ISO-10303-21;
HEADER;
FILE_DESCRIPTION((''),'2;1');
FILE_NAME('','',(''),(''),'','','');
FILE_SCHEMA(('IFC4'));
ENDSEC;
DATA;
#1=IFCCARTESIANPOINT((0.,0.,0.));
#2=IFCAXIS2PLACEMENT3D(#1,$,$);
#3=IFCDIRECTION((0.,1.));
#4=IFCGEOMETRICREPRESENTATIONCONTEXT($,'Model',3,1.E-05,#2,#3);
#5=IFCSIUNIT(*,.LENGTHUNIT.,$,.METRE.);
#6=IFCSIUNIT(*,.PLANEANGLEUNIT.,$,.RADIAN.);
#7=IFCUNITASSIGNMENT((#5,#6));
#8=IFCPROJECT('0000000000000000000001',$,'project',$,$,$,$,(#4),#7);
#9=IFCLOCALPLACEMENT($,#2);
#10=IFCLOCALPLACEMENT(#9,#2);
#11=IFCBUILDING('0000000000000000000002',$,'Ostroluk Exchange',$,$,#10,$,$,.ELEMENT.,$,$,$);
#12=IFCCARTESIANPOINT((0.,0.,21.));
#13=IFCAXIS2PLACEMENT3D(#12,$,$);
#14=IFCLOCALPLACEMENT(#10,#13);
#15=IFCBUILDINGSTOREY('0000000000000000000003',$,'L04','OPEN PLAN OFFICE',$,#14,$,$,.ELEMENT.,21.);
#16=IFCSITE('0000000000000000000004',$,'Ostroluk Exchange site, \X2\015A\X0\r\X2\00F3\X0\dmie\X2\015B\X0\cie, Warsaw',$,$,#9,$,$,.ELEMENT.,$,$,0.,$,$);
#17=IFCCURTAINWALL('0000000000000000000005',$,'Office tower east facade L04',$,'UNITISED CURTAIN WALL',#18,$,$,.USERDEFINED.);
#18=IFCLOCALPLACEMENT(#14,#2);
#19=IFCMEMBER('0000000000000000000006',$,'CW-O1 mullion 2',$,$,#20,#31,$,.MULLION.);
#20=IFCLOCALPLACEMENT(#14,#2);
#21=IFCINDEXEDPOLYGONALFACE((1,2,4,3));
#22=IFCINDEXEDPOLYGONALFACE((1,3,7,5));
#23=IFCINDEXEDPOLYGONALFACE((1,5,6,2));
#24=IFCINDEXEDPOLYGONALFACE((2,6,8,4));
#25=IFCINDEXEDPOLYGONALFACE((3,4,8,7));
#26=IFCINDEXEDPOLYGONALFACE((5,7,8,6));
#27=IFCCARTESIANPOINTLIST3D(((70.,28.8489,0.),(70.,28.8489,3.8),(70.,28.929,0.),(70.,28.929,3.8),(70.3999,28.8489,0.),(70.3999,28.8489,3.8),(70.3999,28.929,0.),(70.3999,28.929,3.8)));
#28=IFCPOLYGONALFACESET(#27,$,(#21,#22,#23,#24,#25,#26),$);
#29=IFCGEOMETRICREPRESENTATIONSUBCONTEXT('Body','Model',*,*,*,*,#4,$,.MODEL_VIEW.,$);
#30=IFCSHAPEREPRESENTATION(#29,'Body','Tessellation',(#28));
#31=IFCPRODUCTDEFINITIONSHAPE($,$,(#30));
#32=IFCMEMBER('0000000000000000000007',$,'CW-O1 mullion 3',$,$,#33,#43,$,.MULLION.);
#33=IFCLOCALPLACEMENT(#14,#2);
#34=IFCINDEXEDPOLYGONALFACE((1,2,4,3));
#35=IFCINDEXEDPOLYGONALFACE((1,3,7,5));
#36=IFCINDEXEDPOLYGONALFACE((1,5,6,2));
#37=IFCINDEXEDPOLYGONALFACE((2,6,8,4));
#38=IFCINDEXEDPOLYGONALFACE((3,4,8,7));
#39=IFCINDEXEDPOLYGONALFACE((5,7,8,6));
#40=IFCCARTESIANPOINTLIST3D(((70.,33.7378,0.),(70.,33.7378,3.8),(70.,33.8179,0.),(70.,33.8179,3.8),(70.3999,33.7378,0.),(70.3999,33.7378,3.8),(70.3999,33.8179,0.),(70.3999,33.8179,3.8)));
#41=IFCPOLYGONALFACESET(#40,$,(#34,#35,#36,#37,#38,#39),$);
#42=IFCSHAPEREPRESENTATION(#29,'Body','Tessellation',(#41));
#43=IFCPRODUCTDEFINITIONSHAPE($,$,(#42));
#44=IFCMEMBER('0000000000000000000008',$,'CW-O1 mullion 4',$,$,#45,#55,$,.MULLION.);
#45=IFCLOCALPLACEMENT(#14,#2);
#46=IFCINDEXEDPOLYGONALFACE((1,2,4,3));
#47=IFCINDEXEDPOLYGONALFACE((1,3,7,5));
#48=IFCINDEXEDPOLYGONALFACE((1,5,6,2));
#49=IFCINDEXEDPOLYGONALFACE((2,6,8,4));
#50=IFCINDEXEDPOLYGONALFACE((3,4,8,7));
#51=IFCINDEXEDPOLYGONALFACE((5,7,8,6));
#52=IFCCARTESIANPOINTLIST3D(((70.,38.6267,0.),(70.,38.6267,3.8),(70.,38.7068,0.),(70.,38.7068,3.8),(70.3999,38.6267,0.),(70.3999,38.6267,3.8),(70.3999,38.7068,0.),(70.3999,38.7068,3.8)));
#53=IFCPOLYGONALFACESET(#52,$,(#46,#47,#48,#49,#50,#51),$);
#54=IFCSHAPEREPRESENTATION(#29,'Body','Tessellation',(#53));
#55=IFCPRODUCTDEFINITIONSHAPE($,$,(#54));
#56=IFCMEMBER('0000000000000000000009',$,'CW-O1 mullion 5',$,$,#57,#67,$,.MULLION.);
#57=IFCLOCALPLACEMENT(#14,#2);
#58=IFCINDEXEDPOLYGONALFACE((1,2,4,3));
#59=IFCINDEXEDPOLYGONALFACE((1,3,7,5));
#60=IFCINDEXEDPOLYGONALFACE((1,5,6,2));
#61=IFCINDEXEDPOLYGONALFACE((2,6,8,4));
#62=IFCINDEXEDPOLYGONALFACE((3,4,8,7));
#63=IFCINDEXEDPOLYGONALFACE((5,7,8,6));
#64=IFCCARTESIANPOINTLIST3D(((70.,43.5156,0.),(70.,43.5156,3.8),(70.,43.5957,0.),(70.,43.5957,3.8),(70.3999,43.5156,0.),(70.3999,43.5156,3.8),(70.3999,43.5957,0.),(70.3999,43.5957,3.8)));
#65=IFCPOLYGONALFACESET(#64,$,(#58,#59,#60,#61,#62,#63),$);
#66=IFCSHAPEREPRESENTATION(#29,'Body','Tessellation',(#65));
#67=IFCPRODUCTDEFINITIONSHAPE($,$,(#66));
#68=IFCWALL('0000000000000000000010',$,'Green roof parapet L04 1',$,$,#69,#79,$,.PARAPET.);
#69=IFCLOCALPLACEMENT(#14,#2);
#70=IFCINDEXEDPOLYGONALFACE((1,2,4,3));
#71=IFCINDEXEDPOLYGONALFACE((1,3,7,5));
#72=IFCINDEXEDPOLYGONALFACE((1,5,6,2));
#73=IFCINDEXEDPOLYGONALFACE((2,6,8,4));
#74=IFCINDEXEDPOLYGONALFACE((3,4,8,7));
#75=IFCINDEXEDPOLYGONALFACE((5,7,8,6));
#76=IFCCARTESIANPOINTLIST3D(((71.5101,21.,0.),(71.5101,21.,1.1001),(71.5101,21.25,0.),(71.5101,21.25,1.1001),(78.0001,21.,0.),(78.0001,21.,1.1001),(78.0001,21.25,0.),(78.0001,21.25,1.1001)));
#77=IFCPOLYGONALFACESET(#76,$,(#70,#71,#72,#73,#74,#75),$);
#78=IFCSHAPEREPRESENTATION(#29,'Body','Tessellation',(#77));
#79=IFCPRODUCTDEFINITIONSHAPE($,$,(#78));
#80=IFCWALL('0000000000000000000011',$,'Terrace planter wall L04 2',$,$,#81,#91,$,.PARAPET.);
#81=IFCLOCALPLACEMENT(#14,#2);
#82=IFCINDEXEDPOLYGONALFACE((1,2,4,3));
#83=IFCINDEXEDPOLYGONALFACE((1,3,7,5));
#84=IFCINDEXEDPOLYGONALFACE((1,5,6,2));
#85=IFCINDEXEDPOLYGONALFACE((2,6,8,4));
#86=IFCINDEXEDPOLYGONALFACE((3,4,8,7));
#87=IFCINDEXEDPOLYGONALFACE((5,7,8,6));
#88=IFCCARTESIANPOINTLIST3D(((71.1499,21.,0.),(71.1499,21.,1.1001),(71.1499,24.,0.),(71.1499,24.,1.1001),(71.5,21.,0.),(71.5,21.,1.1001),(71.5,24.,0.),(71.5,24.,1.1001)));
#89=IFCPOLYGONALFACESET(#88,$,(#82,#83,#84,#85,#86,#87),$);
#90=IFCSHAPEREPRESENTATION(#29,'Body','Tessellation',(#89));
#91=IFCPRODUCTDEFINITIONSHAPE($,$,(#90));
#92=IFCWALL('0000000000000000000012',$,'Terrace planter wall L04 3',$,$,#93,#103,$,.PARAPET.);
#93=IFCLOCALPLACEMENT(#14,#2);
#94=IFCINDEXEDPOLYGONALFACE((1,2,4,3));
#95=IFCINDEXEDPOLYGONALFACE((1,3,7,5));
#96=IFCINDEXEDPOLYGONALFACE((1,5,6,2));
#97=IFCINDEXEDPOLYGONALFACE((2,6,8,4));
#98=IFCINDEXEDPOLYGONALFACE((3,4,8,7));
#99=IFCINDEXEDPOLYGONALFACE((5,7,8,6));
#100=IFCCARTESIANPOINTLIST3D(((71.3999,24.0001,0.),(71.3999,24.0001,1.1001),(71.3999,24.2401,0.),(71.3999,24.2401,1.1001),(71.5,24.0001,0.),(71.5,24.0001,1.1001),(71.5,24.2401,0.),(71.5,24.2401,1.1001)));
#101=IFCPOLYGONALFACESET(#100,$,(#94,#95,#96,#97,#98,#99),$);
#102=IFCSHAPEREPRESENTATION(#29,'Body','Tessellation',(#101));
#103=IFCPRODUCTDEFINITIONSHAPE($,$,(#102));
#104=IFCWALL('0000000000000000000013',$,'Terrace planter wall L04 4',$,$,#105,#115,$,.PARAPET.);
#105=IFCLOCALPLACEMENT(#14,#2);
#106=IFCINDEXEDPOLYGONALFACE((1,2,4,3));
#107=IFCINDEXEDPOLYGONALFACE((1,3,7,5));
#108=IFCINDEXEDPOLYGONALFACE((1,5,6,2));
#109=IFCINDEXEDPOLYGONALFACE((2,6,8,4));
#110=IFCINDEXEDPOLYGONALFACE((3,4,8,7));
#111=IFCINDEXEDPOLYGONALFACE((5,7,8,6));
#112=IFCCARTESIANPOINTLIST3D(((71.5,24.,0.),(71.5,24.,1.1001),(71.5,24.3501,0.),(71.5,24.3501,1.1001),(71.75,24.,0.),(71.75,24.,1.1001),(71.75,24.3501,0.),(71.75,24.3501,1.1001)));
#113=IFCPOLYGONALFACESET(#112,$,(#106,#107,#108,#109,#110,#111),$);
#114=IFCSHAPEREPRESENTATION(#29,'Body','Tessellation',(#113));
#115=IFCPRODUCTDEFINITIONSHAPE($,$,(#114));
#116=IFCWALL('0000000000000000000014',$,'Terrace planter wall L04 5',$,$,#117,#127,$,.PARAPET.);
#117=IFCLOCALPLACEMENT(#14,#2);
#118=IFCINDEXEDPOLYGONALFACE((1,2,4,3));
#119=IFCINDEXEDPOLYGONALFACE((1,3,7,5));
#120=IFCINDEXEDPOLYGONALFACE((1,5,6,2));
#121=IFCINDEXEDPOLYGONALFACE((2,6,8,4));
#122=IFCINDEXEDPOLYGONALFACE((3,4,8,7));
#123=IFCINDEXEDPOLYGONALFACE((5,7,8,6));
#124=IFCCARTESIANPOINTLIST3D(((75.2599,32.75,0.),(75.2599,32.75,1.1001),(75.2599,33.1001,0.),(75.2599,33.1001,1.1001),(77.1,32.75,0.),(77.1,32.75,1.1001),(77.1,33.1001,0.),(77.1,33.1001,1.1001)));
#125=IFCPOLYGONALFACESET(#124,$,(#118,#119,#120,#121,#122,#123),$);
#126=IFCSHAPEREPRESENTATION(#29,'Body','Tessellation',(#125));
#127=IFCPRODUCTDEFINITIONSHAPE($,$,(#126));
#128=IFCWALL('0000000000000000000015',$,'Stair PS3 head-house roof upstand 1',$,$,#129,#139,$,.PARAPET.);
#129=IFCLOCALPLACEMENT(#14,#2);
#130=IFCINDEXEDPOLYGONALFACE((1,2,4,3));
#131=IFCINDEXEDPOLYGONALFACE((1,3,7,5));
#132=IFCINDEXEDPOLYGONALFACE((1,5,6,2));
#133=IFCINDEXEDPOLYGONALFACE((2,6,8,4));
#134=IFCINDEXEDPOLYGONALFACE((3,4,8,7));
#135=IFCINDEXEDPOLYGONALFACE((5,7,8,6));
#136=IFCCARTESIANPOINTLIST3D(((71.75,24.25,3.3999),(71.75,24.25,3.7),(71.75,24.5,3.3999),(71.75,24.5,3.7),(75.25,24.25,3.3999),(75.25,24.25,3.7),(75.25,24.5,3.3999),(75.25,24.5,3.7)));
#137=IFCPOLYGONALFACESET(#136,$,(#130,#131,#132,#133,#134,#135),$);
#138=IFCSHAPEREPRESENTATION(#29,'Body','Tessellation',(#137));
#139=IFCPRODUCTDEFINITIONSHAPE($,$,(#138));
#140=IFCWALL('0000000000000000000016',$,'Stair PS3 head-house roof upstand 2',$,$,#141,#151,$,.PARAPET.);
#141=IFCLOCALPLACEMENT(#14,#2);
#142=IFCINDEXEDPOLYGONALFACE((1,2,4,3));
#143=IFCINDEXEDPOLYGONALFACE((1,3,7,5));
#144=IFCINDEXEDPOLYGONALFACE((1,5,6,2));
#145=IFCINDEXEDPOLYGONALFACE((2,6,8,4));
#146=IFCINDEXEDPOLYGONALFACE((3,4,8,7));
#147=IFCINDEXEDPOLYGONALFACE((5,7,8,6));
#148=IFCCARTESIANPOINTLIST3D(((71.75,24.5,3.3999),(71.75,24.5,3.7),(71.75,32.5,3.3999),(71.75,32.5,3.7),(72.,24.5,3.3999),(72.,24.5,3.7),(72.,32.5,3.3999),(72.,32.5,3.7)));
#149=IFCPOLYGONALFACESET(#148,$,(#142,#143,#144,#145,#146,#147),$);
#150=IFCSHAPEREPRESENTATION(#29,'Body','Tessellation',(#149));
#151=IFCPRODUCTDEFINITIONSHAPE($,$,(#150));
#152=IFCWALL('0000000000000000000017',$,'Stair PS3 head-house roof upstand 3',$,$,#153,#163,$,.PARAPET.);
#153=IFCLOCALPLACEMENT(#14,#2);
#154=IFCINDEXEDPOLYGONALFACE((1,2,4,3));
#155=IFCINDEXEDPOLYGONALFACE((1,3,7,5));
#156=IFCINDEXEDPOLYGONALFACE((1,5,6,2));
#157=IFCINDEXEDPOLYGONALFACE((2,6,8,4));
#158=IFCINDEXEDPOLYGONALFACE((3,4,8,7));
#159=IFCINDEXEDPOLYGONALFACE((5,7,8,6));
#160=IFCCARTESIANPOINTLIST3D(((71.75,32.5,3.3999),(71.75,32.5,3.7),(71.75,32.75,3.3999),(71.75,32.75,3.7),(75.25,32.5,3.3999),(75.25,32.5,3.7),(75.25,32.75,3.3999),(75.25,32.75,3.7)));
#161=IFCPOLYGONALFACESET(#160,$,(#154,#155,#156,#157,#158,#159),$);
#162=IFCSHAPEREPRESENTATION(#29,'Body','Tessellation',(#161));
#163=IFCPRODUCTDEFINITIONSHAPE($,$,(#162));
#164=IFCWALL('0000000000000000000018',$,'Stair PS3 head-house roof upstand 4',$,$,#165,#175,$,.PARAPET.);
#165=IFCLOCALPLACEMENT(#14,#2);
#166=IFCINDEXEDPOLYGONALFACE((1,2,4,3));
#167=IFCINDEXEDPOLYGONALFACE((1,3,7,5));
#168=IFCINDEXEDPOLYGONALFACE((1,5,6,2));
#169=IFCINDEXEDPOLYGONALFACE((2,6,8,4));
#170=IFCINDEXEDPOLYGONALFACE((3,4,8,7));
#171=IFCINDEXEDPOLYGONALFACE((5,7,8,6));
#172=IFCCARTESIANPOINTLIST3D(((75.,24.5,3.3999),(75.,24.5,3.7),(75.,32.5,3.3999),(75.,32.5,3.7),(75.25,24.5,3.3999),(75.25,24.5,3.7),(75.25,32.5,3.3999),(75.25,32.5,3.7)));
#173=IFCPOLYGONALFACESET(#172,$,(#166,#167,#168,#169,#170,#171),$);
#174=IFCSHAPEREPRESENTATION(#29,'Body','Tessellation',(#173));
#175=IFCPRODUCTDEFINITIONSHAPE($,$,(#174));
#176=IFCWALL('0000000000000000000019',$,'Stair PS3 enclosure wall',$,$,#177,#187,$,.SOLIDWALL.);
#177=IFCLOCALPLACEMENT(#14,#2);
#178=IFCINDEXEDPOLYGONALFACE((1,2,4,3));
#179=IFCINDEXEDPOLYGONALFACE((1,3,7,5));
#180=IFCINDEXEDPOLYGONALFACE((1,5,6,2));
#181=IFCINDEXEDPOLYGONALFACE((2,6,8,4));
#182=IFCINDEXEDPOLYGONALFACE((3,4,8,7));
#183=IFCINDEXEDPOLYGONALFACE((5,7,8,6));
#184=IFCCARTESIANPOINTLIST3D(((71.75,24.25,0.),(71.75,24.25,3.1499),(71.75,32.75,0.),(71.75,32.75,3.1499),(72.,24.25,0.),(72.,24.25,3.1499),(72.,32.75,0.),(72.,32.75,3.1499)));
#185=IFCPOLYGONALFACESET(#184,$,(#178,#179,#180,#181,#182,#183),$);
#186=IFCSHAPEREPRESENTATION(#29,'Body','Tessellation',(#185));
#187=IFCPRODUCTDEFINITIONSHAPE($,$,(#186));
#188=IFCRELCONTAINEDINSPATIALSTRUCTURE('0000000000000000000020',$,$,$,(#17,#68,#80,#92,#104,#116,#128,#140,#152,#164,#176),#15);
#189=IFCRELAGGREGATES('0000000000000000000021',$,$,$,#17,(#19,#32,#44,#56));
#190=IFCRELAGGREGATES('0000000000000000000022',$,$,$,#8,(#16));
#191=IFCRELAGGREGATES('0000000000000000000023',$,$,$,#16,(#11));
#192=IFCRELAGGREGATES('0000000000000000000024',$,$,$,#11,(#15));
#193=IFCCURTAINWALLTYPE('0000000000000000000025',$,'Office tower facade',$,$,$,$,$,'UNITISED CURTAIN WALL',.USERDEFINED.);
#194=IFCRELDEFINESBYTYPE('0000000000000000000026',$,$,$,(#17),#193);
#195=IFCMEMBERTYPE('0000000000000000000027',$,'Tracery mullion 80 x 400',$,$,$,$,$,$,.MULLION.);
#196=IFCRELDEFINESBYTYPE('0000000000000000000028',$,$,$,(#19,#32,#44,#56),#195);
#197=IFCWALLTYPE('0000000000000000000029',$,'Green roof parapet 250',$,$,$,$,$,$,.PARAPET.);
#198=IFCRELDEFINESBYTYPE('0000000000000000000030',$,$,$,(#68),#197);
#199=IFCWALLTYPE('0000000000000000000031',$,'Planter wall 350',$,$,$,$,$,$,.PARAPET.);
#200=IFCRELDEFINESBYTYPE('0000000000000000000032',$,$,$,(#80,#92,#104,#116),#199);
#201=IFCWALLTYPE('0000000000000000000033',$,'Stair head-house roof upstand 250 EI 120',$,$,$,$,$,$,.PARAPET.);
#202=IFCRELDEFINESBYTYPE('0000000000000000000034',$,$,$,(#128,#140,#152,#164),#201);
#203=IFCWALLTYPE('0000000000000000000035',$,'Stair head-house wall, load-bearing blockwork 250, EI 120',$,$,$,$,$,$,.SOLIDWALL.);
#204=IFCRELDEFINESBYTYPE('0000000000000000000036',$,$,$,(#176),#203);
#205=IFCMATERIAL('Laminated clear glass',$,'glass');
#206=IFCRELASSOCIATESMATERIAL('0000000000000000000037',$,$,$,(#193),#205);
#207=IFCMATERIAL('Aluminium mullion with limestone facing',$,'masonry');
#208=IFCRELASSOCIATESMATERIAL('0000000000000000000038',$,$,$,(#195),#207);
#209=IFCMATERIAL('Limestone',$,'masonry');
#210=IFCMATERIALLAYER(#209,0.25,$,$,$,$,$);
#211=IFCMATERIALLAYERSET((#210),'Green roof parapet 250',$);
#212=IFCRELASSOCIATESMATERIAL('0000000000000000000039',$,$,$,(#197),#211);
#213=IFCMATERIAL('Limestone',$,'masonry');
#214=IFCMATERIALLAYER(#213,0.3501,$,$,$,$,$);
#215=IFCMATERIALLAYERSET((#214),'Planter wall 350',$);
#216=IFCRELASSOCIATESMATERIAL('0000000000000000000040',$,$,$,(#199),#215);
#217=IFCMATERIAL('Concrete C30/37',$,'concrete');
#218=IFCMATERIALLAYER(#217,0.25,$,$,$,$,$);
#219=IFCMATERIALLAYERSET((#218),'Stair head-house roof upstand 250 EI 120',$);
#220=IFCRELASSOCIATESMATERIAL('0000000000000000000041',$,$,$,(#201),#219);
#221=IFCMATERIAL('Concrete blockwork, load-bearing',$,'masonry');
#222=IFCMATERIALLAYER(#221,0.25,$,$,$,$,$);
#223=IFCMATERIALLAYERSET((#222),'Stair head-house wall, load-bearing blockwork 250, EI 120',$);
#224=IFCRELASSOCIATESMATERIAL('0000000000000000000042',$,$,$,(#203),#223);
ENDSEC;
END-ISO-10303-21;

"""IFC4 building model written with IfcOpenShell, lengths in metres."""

from ifc_helpers import new_model, si_unit, direction, frame, frame_2d, origin, origin_2d, place, context, subcontext, project, spatial, rectangle, extrude, material, layer, layer_set, material_profile, profile_set, type_object, element, aggregate, save


model = new_model("IFC4")

# Units and contexts
model_context = context("Model", 3, precision=1e-05, world=origin(), true_north=direction((0.0, 1.0)))
body_context = subcontext(model_context, "Body", "Model", "MODEL_VIEW")
ifc_project = project(units=[si_unit("LENGTHUNIT", "METRE"), si_unit("PLANEANGLEUNIT", "RADIAN")], contexts=[model_context])

# Site, building, storey
site_placement = place(None, origin())
site = spatial("IfcSite", under=ifc_project, at=site_placement, Name="Ostroluk Exchange site, Śródmieście, Warsaw", CompositionType="ELEMENT", RefElevation=0.0)
building_placement = place(site_placement, origin())
building = spatial("IfcBuilding", under=site, at=building_placement, Name="Ostroluk Exchange", CompositionType="ELEMENT")
storey_placement = place(building_placement, frame((0.0, 0.0, 21.0)))
storey = spatial("IfcBuildingStorey", under=building, at=storey_placement, Name="L04", Description="OPEN PLAN OFFICE", CompositionType="ELEMENT", Elevation=21.0)

# Curtain wall, members
ifc_material_1 = material(Name="Laminated clear glass", Category="glass")
curtain_wall_type = type_object("IfcCurtainWallType", Name="Office tower facade", ElementType="UNITISED CURTAIN WALL", PredefinedType="USERDEFINED", material=ifc_material_1)
curtain_wall_placement = place(storey_placement, origin())
curtain_wall = element("IfcCurtainWall", 1, at=curtain_wall_placement, inside=storey, type_object=curtain_wall_type, Name="Office tower east facade L04", ObjectType="UNITISED CURTAIN WALL", PredefinedType="USERDEFINED")
ifc_material_2 = material(Name="Aluminium mullion with limestone facing", Category="masonry")
ifc_material_profile = material_profile(ifc_material_2, rectangle(XDim=0.3999, YDim=0.0801, at=origin_2d()), Name="Tracery mullion 80 x 400")
ifc_profile_set = profile_set([ifc_material_profile], Name="Aluminium mullion with limestone facing")
member_type = type_object("IfcMemberType", Name="Tracery mullion 80 x 400", PredefinedType="MULLION", material=ifc_profile_set)
member_1_placement = place(storey_placement, frame((70.2, 28.8889, 0.0), z_axis=(0.0, 0.0, 1.0), x_axis=(-1.0, 0.0, 0.0)))
member_1 = element("IfcMember", 2, at=member_1_placement, type_object=member_type, Name="CW-O1 mullion 2", PredefinedType="MULLION", context=body_context, shape_type="SweptSolid", body=[
    extrude(rectangle(XDim=0.3999, YDim=0.0801, at=origin_2d()), origin(), (0.0, 0.0, 1.0), 3.8),
])
member_2_placement = place(storey_placement, frame((70.2, 33.7778, 0.0), z_axis=(0.0, 0.0, 1.0), x_axis=(-1.0, 0.0, 0.0)))
member_2 = element("IfcMember", 3, at=member_2_placement, type_object=member_type, Name="CW-O1 mullion 3", PredefinedType="MULLION", context=body_context, shape_type="SweptSolid", body=[
    extrude(rectangle(XDim=0.3999, YDim=0.0801, at=origin_2d()), origin(), (0.0, 0.0, 1.0), 3.8),
])
member_3_placement = place(storey_placement, frame((70.2, 38.6667, 0.0), z_axis=(0.0, 0.0, 1.0), x_axis=(-1.0, 0.0, 0.0)))
member_3 = element("IfcMember", 4, at=member_3_placement, type_object=member_type, Name="CW-O1 mullion 4", PredefinedType="MULLION", context=body_context, shape_type="SweptSolid", body=[
    extrude(rectangle(XDim=0.3999, YDim=0.0801, at=origin_2d()), origin(), (0.0, 0.0, 1.0), 3.8),
])
member_4_placement = place(storey_placement, frame((70.2, 43.5557, 0.0), z_axis=(0.0, 0.0, 1.0), x_axis=(-1.0, 0.0, 0.0)))
member_4 = element("IfcMember", 5, at=member_4_placement, type_object=member_type, Name="CW-O1 mullion 5", PredefinedType="MULLION", context=body_context, shape_type="SweptSolid", body=[
    extrude(rectangle(XDim=0.3999, YDim=0.0801, at=origin_2d()), origin(), (0.0, 0.0, 1.0), 3.8),
])
aggregate(curtain_wall, [member_1, member_2, member_3, member_4])

# Walls
ifc_material_3 = material(Name="Limestone", Category="masonry")
ifc_layer_1 = layer(ifc_material_3, 0.25)
ifc_layer_set_1 = layer_set([ifc_layer_1], Name="Green roof parapet 250")
wall_type_1 = type_object("IfcWallType", Name="Green roof parapet 250", PredefinedType="PARAPET", material=ifc_layer_set_1)
wall_1_placement = place(storey_placement, frame((71.51, 21.125, 0.0), z_axis=(0.0, 0.0, 1.0), x_axis=(1.0, 0.0, 0.0)))
element("IfcWall", 6, at=wall_1_placement, inside=storey, type_object=wall_type_1, Name="Green roof parapet L04 1", PredefinedType="PARAPET", context=body_context, shape_type="SweptSolid", body=[
    extrude(rectangle(XDim=6.49, YDim=0.25, at=frame_2d((3.2451, 0.0))), origin(), (0.0, 0.0, 1.0), 1.1001),
])
ifc_material_4 = material(Name="Limestone", Category="masonry")
ifc_layer_2 = layer(ifc_material_4, 0.3501)
ifc_layer_set_2 = layer_set([ifc_layer_2], Name="Planter wall 350")
wall_type_2 = type_object("IfcWallType", Name="Planter wall 350", PredefinedType="PARAPET", material=ifc_layer_set_2)
wall_2_placement = place(storey_placement, frame((71.325, 21.0, 0.0), z_axis=(0.0, 0.0, 1.0), x_axis=(0.0, 1.0, 0.0)))
element("IfcWall", 7, at=wall_2_placement, inside=storey, type_object=wall_type_2, Name="Terrace planter wall L04 2", PredefinedType="PARAPET", context=body_context, shape_type="SweptSolid", body=[
    extrude(rectangle(XDim=3.0, YDim=0.3501, at=frame_2d((1.5, 0.0))), origin(), (0.0, 0.0, 1.0), 1.1001),
])
wall_3_placement = place(storey_placement, frame((71.45, 24.0, 0.0), z_axis=(0.0, 0.0, 1.0), x_axis=(0.0, 1.0, 0.0)))
element("IfcWall", 8, at=wall_3_placement, inside=storey, type_object=wall_type_2, Name="Terrace planter wall L04 3", PredefinedType="PARAPET", context=body_context, shape_type="SweptSolid", body=[
    extrude(rectangle(XDim=0.24, YDim=0.1001, at=frame_2d((0.1201, 0.0))), origin(), (0.0, 0.0, 1.0), 1.1001),
])
wall_4_placement = place(storey_placement, frame((71.625, 24.0, 0.0), z_axis=(0.0, 0.0, 1.0), x_axis=(0.0, 1.0, 0.0)))
element("IfcWall", 9, at=wall_4_placement, inside=storey, type_object=wall_type_2, Name="Terrace planter wall L04 4", PredefinedType="PARAPET", context=body_context, shape_type="SweptSolid", body=[
    extrude(rectangle(XDim=0.3501, YDim=0.25, at=frame_2d((0.175, 0.0))), origin(), (0.0, 0.0, 1.0), 1.1001),
])
wall_5_placement = place(storey_placement, frame((75.26, 32.925, 0.0), z_axis=(0.0, 0.0, 1.0), x_axis=(1.0, 0.0, 0.0)))
element("IfcWall", 10, at=wall_5_placement, inside=storey, type_object=wall_type_2, Name="Terrace planter wall L04 5", PredefinedType="PARAPET", context=body_context, shape_type="SweptSolid", body=[
    extrude(rectangle(XDim=1.8401, YDim=0.3501, at=frame_2d((0.9199, 0.0))), origin(), (0.0, 0.0, 1.0), 1.1001),
])
ifc_material_5 = material(Name="Concrete C30/37", Category="concrete")
ifc_layer_3 = layer(ifc_material_5, 0.25)
ifc_layer_set_3 = layer_set([ifc_layer_3], Name="Stair head-house roof upstand 250 EI 120")
wall_type_3 = type_object("IfcWallType", Name="Stair head-house roof upstand 250 EI 120", PredefinedType="PARAPET", material=ifc_layer_set_3)
wall_6_placement = place(storey_placement, frame((71.75, 24.375, 3.3999), z_axis=(0.0, 0.0, 1.0), x_axis=(1.0, 0.0, 0.0)))
element("IfcWall", 11, at=wall_6_placement, inside=storey, type_object=wall_type_3, Name="Stair PS3 head-house roof upstand 1", PredefinedType="PARAPET", context=body_context, shape_type="SweptSolid", body=[
    extrude(rectangle(XDim=3.5, YDim=0.25, at=frame_2d((1.75, 0.0))), origin(), (0.0, 0.0, 1.0), 0.3),
])
wall_7_placement = place(storey_placement, frame((71.875, 24.5, 3.3999), z_axis=(0.0, 0.0, 1.0), x_axis=(0.0, 1.0, 0.0)))
element("IfcWall", 12, at=wall_7_placement, inside=storey, type_object=wall_type_3, Name="Stair PS3 head-house roof upstand 2", PredefinedType="PARAPET", context=body_context, shape_type="SweptSolid", body=[
    extrude(rectangle(XDim=8.0, YDim=0.25, at=frame_2d((4.0, 0.0))), origin(), (0.0, 0.0, 1.0), 0.3),
])
wall_8_placement = place(storey_placement, frame((71.75, 32.625, 3.3999), z_axis=(0.0, 0.0, 1.0), x_axis=(1.0, 0.0, 0.0)))
element("IfcWall", 13, at=wall_8_placement, inside=storey, type_object=wall_type_3, Name="Stair PS3 head-house roof upstand 3", PredefinedType="PARAPET", context=body_context, shape_type="SweptSolid", body=[
    extrude(rectangle(XDim=3.5, YDim=0.25, at=frame_2d((1.75, 0.0))), origin(), (0.0, 0.0, 1.0), 0.3),
])
wall_9_placement = place(storey_placement, frame((75.125, 24.5, 3.3999), z_axis=(0.0, 0.0, 1.0), x_axis=(0.0, 1.0, 0.0)))
element("IfcWall", 14, at=wall_9_placement, inside=storey, type_object=wall_type_3, Name="Stair PS3 head-house roof upstand 4", PredefinedType="PARAPET", context=body_context, shape_type="SweptSolid", body=[
    extrude(rectangle(XDim=8.0, YDim=0.25, at=frame_2d((4.0, 0.0))), origin(), (0.0, 0.0, 1.0), 0.3),
])
ifc_material_6 = material(Name="Concrete blockwork, load-bearing", Category="masonry")
ifc_layer_4 = layer(ifc_material_6, 0.25)
ifc_layer_set_4 = layer_set([ifc_layer_4], Name="Stair head-house wall, load-bearing blockwork 250, EI 120")
wall_type_4 = type_object("IfcWallType", Name="Stair head-house wall, load-bearing blockwork 250, EI 120", PredefinedType="SOLIDWALL", material=ifc_layer_set_4)
for number, where, z_axis, x_axis, name in (
    (15, (71.875, 24.25, 0.0), (0.0, 0.0, 1.0), (0.0, 1.0, 0.0), "Stair PS3 enclosure wall"),
):
    element("IfcWall", number, at=place(storey_placement, frame(where, z_axis=z_axis, x_axis=x_axis)), inside=storey, type_object=wall_type_4, Name=name, PredefinedType="SOLIDWALL", context=body_context, shape_type="SweptSolid", body=[
        extrude(rectangle(XDim=8.5, YDim=0.25, at=frame_2d((4.25, 0.0))), origin(), (0.0, 0.0, 1.0), 3.1499),
    ])

save(model, "model.ifc")
